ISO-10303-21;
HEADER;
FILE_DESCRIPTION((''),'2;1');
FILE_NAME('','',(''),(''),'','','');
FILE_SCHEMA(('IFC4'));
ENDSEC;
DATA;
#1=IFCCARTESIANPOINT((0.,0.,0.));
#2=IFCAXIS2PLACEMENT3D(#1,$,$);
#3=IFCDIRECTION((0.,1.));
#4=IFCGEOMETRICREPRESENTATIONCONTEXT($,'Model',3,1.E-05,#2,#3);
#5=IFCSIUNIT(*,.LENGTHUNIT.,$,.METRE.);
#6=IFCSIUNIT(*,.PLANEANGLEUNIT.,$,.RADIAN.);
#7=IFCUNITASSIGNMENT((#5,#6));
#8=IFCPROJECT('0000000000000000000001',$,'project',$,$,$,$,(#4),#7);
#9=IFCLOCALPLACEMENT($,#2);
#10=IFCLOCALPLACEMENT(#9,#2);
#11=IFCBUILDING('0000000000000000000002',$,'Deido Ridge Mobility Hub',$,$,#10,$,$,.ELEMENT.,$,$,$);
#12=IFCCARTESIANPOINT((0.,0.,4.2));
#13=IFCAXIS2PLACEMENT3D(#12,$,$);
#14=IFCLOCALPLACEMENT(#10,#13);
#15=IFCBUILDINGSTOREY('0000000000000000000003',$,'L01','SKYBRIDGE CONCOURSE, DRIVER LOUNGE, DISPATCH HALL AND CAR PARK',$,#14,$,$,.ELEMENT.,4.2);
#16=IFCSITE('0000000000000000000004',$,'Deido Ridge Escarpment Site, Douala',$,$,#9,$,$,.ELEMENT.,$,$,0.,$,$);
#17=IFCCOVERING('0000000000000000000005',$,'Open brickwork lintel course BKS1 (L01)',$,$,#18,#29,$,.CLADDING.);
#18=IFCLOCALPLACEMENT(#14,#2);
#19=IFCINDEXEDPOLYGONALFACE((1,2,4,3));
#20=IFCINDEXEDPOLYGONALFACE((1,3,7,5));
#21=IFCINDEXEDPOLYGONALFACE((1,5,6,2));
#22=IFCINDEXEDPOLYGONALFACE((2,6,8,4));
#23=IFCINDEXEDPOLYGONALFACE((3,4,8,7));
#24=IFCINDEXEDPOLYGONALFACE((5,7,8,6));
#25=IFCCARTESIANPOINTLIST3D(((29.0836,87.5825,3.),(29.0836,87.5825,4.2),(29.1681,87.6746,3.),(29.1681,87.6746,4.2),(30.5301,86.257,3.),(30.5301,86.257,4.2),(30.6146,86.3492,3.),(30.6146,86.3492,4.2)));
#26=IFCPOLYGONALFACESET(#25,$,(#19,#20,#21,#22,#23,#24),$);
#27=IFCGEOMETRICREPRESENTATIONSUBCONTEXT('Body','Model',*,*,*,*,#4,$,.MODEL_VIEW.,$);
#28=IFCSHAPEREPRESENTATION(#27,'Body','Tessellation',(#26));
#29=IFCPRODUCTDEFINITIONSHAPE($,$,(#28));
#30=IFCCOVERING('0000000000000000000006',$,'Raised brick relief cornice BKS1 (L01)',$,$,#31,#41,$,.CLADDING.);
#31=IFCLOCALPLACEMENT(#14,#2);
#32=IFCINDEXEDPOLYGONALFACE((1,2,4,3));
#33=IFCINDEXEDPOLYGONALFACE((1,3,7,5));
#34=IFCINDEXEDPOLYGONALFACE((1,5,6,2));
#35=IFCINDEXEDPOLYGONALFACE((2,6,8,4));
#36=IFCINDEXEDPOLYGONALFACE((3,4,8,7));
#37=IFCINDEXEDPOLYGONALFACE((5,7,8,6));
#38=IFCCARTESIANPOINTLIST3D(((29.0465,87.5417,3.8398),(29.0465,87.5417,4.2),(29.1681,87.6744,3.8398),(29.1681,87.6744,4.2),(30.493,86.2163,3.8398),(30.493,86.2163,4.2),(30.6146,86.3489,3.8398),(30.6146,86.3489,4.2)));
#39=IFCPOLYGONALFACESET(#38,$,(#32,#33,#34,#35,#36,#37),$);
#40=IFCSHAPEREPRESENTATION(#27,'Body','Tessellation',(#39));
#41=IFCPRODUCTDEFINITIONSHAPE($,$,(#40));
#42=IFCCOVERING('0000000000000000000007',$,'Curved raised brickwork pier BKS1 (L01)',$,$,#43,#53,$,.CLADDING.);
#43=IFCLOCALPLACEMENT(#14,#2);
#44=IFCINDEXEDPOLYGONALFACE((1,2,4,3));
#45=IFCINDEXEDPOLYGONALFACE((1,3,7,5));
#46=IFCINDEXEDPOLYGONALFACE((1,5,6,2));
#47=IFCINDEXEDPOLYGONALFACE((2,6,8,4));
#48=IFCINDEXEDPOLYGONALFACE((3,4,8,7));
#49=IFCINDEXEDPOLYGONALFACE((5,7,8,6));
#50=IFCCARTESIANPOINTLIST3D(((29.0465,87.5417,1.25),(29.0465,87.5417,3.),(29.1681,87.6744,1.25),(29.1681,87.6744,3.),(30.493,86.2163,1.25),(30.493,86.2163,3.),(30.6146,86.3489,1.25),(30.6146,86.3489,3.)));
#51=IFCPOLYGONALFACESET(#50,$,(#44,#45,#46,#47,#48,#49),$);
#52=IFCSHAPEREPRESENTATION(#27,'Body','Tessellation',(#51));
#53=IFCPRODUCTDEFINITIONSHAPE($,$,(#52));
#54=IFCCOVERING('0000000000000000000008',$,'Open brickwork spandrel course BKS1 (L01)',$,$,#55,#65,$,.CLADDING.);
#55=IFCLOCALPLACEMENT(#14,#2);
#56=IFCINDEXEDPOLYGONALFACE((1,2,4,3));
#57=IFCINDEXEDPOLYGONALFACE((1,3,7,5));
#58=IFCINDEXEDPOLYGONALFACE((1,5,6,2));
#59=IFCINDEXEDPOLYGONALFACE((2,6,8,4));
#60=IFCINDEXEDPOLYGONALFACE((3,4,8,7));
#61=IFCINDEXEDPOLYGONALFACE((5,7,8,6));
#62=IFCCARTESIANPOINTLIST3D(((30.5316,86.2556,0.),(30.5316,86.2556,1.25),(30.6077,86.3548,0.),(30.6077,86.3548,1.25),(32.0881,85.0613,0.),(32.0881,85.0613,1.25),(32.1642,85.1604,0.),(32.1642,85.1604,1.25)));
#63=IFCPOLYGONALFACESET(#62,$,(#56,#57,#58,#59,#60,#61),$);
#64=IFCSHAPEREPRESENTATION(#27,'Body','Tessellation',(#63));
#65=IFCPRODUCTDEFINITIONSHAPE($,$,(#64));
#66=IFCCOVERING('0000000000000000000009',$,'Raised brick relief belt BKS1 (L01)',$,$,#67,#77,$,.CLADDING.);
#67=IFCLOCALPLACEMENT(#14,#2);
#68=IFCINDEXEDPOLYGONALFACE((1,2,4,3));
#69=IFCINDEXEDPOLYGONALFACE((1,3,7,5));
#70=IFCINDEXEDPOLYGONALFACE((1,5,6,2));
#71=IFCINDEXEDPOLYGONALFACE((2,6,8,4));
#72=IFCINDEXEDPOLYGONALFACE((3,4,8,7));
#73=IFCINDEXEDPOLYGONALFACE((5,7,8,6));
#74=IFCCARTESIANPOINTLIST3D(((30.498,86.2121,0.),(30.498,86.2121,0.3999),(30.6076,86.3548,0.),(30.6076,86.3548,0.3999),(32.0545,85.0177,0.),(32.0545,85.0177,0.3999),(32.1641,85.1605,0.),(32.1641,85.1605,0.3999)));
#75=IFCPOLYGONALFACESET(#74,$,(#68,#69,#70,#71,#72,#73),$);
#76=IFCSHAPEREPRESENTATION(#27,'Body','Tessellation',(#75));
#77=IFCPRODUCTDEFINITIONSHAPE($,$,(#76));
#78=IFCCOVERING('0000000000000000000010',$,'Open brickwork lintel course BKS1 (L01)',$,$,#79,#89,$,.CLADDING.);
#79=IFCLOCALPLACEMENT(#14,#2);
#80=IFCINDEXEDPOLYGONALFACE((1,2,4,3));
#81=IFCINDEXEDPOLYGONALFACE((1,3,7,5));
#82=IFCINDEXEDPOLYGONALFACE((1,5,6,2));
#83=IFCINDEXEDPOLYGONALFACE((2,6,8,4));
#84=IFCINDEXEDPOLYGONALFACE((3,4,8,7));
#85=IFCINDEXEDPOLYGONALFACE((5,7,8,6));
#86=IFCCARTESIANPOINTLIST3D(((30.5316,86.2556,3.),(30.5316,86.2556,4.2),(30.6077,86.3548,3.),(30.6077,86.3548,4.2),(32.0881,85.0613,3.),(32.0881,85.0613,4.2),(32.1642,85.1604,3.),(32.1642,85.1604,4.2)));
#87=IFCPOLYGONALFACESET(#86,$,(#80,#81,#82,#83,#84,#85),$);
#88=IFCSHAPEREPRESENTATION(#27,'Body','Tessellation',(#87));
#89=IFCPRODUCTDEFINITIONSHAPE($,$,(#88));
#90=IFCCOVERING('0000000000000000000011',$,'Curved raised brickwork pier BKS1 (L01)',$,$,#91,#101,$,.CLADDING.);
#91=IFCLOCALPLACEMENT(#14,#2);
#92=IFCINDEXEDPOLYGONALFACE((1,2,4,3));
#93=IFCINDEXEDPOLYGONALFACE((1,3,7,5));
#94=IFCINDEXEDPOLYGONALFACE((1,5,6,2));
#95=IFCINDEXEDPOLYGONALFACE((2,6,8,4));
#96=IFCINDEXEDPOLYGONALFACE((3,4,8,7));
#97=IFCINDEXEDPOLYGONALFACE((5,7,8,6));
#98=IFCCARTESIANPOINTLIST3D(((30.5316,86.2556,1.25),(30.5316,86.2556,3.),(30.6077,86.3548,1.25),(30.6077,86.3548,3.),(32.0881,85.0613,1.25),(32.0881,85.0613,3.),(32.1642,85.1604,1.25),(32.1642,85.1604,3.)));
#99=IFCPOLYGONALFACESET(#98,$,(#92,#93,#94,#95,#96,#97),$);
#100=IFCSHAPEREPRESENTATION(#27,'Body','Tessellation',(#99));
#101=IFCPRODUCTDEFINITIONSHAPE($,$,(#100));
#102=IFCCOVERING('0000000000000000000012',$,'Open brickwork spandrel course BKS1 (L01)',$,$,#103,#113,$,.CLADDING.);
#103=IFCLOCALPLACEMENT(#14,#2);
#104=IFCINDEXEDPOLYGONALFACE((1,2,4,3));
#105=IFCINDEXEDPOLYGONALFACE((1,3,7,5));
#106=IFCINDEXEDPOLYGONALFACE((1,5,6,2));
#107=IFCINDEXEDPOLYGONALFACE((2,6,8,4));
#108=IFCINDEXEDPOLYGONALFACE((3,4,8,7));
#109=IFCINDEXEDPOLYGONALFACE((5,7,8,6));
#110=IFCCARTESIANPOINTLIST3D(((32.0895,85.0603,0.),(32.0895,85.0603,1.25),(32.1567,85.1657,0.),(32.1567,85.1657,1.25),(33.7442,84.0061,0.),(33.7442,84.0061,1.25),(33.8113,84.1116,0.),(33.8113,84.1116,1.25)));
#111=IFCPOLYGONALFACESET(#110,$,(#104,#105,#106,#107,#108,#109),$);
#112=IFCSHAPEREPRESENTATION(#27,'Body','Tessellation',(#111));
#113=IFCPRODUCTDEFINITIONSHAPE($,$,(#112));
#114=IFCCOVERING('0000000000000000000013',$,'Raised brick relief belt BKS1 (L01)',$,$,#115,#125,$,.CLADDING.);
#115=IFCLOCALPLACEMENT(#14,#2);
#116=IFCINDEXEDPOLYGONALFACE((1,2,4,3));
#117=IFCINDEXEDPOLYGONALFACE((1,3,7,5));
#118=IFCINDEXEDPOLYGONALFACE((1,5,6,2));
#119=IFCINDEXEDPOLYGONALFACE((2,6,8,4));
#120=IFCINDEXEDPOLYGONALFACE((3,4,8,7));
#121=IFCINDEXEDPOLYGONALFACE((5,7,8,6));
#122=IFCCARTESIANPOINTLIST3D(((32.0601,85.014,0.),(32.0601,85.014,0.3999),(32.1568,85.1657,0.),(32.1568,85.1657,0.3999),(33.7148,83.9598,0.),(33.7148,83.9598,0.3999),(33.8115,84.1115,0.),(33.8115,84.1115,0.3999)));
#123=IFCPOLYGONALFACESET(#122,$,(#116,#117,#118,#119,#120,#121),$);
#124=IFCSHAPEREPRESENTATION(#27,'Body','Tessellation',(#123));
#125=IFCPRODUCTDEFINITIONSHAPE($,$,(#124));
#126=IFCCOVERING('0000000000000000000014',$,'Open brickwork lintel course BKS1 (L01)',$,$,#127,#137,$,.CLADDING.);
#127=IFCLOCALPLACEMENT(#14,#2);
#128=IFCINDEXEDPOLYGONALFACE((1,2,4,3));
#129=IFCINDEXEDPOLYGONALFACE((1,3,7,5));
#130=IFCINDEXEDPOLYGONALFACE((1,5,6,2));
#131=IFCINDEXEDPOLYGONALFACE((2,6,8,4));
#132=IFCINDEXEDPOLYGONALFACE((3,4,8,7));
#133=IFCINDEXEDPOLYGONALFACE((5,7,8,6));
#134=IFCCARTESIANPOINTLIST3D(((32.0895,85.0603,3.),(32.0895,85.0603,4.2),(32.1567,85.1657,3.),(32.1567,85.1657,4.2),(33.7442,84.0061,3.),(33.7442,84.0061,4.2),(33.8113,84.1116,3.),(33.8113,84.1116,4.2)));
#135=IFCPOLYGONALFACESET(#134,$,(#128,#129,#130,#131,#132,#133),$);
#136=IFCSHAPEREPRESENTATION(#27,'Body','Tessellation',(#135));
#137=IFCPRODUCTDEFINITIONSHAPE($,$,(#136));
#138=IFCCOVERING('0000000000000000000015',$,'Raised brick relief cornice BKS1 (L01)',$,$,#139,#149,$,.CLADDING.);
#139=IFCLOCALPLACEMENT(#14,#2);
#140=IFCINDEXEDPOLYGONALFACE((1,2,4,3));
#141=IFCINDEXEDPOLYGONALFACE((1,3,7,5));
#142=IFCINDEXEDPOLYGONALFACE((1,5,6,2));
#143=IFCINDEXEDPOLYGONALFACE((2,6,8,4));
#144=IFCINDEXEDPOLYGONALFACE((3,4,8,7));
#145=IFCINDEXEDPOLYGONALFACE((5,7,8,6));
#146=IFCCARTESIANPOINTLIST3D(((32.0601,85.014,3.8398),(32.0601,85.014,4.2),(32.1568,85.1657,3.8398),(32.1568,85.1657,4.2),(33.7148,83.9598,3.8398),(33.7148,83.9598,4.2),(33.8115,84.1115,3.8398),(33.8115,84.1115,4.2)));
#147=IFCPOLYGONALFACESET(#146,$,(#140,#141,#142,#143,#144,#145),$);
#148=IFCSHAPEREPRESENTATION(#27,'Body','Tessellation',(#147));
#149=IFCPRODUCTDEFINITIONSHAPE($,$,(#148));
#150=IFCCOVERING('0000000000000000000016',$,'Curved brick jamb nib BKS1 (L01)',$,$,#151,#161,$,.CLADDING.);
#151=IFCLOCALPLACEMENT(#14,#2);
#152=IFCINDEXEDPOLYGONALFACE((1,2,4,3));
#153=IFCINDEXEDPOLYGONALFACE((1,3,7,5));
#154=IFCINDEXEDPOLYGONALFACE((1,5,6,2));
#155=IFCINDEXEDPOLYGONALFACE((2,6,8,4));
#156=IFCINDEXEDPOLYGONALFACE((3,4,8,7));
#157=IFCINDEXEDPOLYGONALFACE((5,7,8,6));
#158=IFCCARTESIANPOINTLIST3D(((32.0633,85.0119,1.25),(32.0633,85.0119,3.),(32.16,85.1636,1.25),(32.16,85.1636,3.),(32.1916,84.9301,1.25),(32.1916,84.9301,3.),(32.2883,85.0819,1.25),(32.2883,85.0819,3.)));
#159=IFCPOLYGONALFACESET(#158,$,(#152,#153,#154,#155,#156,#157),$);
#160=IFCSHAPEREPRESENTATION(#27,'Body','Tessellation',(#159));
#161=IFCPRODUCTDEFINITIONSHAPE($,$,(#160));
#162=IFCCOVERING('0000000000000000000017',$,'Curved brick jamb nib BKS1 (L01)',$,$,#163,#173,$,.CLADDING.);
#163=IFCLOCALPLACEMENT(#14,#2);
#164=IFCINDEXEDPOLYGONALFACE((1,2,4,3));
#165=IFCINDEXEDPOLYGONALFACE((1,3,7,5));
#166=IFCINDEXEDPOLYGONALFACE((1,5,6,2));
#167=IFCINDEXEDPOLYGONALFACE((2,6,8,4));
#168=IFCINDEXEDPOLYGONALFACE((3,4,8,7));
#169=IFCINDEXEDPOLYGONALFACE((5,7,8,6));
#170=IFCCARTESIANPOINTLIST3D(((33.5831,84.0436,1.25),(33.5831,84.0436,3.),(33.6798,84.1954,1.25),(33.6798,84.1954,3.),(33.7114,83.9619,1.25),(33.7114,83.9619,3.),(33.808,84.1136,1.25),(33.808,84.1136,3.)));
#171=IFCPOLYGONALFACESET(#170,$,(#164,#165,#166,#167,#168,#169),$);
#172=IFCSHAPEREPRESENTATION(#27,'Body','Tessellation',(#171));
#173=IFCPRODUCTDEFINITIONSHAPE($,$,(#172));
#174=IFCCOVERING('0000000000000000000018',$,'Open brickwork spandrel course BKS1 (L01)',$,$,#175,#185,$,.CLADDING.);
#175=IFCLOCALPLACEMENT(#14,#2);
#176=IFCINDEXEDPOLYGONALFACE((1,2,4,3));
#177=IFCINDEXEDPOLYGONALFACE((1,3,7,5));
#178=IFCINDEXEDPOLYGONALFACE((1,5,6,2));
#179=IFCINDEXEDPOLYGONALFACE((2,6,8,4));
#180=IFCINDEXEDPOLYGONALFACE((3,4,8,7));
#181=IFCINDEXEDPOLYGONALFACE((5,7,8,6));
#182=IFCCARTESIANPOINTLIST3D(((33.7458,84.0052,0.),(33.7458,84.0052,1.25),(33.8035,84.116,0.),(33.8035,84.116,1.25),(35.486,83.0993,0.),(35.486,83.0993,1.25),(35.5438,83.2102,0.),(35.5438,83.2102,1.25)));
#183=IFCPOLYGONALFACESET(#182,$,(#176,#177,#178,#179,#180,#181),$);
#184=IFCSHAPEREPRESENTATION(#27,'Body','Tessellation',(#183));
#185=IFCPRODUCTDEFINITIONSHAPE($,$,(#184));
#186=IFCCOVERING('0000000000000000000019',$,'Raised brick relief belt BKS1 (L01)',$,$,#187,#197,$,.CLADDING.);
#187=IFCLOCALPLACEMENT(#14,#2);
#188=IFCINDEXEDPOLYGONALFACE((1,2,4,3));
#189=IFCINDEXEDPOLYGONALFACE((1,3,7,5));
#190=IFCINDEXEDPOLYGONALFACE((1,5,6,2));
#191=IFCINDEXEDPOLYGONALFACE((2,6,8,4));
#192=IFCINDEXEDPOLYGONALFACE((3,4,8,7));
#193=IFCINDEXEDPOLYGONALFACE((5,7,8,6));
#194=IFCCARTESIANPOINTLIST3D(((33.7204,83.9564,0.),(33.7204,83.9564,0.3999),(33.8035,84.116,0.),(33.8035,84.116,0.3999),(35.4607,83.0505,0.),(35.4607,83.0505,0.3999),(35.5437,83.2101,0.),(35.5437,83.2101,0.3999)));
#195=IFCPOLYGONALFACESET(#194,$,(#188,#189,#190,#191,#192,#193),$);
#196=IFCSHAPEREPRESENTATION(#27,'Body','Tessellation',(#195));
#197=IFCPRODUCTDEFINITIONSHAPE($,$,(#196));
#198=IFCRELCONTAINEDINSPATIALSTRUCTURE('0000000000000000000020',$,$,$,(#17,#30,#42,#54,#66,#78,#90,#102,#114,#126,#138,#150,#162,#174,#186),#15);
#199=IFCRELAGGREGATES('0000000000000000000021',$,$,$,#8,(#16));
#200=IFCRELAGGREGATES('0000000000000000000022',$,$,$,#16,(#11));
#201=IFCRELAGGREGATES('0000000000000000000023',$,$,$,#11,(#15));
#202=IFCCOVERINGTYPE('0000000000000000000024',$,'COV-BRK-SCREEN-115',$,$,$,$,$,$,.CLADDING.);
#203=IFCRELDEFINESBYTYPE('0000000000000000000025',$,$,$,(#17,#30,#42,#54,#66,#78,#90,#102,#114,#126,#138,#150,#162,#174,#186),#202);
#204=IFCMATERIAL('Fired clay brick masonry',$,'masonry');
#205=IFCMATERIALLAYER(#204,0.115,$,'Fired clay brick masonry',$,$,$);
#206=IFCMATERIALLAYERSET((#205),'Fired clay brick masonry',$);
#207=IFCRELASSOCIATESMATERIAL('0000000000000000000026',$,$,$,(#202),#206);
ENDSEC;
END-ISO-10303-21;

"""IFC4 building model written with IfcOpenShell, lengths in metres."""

from ifc_helpers import new_model, si_unit, direction, frame, origin, origin_2d, place, context, subcontext, project, spatial, rectangle, extrude, material, layer, layer_set, type_object, element, save


model = new_model("IFC4")

# Units and contexts
model_context = context("Model", 3, precision=1e-05, world=origin(), true_north=direction((0.0, 1.0)))
body_context = subcontext(model_context, "Body", "Model", "MODEL_VIEW")
ifc_project = project(units=[si_unit("LENGTHUNIT", "METRE"), si_unit("PLANEANGLEUNIT", "RADIAN")], contexts=[model_context])

# Site, building, storey
site_placement = place(None, origin())
site = spatial("IfcSite", under=ifc_project, at=site_placement, Name="Deido Ridge Escarpment Site, Douala", CompositionType="ELEMENT", RefElevation=0.0)
building_placement = place(site_placement, origin())
building = spatial("IfcBuilding", under=site, at=building_placement, Name="Deido Ridge Mobility Hub", CompositionType="ELEMENT")
storey_placement = place(building_placement, frame((0.0, 0.0, 4.2)))
storey = spatial("IfcBuildingStorey", under=building, at=storey_placement, Name="L01", Description="SKYBRIDGE CONCOURSE, DRIVER LOUNGE, DISPATCH HALL AND CAR PARK", CompositionType="ELEMENT", Elevation=4.2)

# Coverings
ifc_material_1 = material(Name="Fired clay brick masonry", Category="masonry")
ifc_layer = layer(ifc_material_1, 0.115, Name="Fired clay brick masonry")
ifc_layer_set = layer_set([ifc_layer], Name="Fired clay brick masonry")
covering_type = type_object("IfcCoveringType", Name="COV-BRK-SCREEN-115", PredefinedType="CLADDING", material=ifc_layer_set)
covering_1_placement = place(storey_placement, frame((29.8491, 86.9658, 3.0), z_axis=(0.0, 0.0, 1.0), x_axis=(0.737289, -0.675577, 0.0)))
element("IfcCovering", 1, at=covering_1_placement, inside=storey, type_object=covering_type, Name="Open brickwork lintel course BKS1 (L01)", PredefinedType="CLADDING", context=body_context, shape_type="SweptSolid", body=[
    extrude(rectangle(XDim=1.9619, YDim=0.125, at=origin_2d()), origin(), (0.0, 0.0, 1.0), 1.2),
])
covering_2_placement = place(storey_placement, frame((29.8306, 86.9453, 3.8398), z_axis=(0.0, 0.0, 1.0), x_axis=(0.737289, -0.675577, 0.0)))
element("IfcCovering", 2, at=covering_2_placement, inside=storey, type_object=covering_type, Name="Raised brick relief cornice BKS1 (L01)", PredefinedType="CLADDING", context=body_context, shape_type="SweptSolid", body=[
    extrude(rectangle(XDim=1.9619, YDim=0.1799, at=origin_2d()), origin(), (0.0, 0.0, 1.0), 0.3601),
])
covering_3_placement = place(storey_placement, frame((29.8306, 86.9453, 1.25), z_axis=(0.0, 0.0, 1.0), x_axis=(0.737289, -0.675577, 0.0)))
element("IfcCovering", 3, at=covering_3_placement, inside=storey, type_object=covering_type, Name="Curved raised brickwork pier BKS1 (L01)", PredefinedType="CLADDING", context=body_context, shape_type="SweptSolid", body=[
    extrude(rectangle(XDim=1.9619, YDim=0.1799, at=origin_2d()), origin(), (0.0, 0.0, 1.0), 1.75),
])
covering_4_placement = place(storey_placement, frame((31.3479, 85.708, 0.0), z_axis=(0.0, 0.0, 1.0), x_axis=(0.793353, -0.608761, 0.0)))
element("IfcCovering", 4, at=covering_4_placement, inside=storey, type_object=covering_type, Name="Open brickwork spandrel course BKS1 (L01)", PredefinedType="CLADDING", context=body_context, shape_type="SweptSolid", body=[
    extrude(rectangle(XDim=1.9619, YDim=0.125, at=origin_2d()), origin(), (0.0, 0.0, 1.0), 1.25),
])
covering_5_placement = place(storey_placement, frame((31.3311, 85.6863, 0.0), z_axis=(0.0, 0.0, 1.0), x_axis=(0.793353, -0.608761, 0.0)))
element("IfcCovering", 5, at=covering_5_placement, inside=storey, type_object=covering_type, Name="Raised brick relief belt BKS1 (L01)", PredefinedType="CLADDING", context=body_context, shape_type="SweptSolid", body=[
    extrude(rectangle(XDim=1.9619, YDim=0.1799, at=origin_2d()), origin(), (0.0, 0.0, 1.0), 0.3999),
])
covering_6_placement = place(storey_placement, frame((31.3479, 85.708, 3.0), z_axis=(0.0, 0.0, 1.0), x_axis=(0.793353, -0.608761, 0.0)))
element("IfcCovering", 6, at=covering_6_placement, inside=storey, type_object=covering_type, Name="Open brickwork lintel course BKS1 (L01)", PredefinedType="CLADDING", context=body_context, shape_type="SweptSolid", body=[
    extrude(rectangle(XDim=1.9619, YDim=0.125, at=origin_2d()), origin(), (0.0, 0.0, 1.0), 1.2),
])
covering_7_placement = place(storey_placement, frame((31.3479, 85.708, 1.25), z_axis=(0.0, 0.0, 1.0), x_axis=(0.793353, -0.608761, 0.0)))
element("IfcCovering", 7, at=covering_7_placement, inside=storey, type_object=covering_type, Name="Curved raised brickwork pier BKS1 (L01)", PredefinedType="CLADDING", context=body_context, shape_type="SweptSolid", body=[
    extrude(rectangle(XDim=1.9619, YDim=0.125, at=origin_2d()), origin(), (0.0, 0.0, 1.0), 1.75),
])
covering_8_placement = place(storey_placement, frame((32.9504, 84.5859, 0.0), z_axis=(0.0, 0.0, 1.0), x_axis=(0.843382, -0.537314, 0.0)))
element("IfcCovering", 8, at=covering_8_placement, inside=storey, type_object=covering_type, Name="Open brickwork spandrel course BKS1 (L01)", PredefinedType="CLADDING", context=body_context, shape_type="SweptSolid", body=[
    extrude(rectangle(XDim=1.9619, YDim=0.125, at=origin_2d()), origin(), (0.0, 0.0, 1.0), 1.25),
])
covering_9_placement = place(storey_placement, frame((32.9358, 84.5627, 0.0), z_axis=(0.0, 0.0, 1.0), x_axis=(0.843382, -0.537314, 0.0)))
element("IfcCovering", 9, at=covering_9_placement, inside=storey, type_object=covering_type, Name="Raised brick relief belt BKS1 (L01)", PredefinedType="CLADDING", context=body_context, shape_type="SweptSolid", body=[
    extrude(rectangle(XDim=1.9619, YDim=0.1799, at=origin_2d()), origin(), (0.0, 0.0, 1.0), 0.3999),
])
covering_10_placement = place(storey_placement, frame((32.9504, 84.5859, 3.0), z_axis=(0.0, 0.0, 1.0), x_axis=(0.843382, -0.537314, 0.0)))
element("IfcCovering", 10, at=covering_10_placement, inside=storey, type_object=covering_type, Name="Open brickwork lintel course BKS1 (L01)", PredefinedType="CLADDING", context=body_context, shape_type="SweptSolid", body=[
    extrude(rectangle(XDim=1.9619, YDim=0.125, at=origin_2d()), origin(), (0.0, 0.0, 1.0), 1.2),
])
covering_11_placement = place(storey_placement, frame((32.9358, 84.5627, 3.8398), z_axis=(0.0, 0.0, 1.0), x_axis=(0.843382, -0.537314, 0.0)))
element("IfcCovering", 11, at=covering_11_placement, inside=storey, type_object=covering_type, Name="Raised brick relief cornice BKS1 (L01)", PredefinedType="CLADDING", context=body_context, shape_type="SweptSolid", body=[
    extrude(rectangle(XDim=1.9619, YDim=0.1799, at=origin_2d()), origin(), (0.0, 0.0, 1.0), 0.3601),
])
for number, where, z_axis, x_axis, name in (
    (12, (32.1758, 85.0469, 1.25), (0.0, 0.0, 1.0), (0.843382, -0.537314, 0.0), "Curved brick jamb nib BKS1 (L01)"),
    (13, (33.6956, 84.0786, 1.25), (0.0, 0.0, 1.0), (0.843382, -0.537314, 0.0), "Curved brick jamb nib BKS1 (L01)"),
):
    element("IfcCovering", number, at=place(storey_placement, frame(where, z_axis=z_axis, x_axis=x_axis)), inside=storey, type_object=covering_type, Name=name, PredefinedType="CLADDING", context=body_context, shape_type="SweptSolid", body=[
        extrude(rectangle(XDim=0.1521, YDim=0.1799, at=origin_2d()), origin(), (0.0, 0.0, 1.0), 1.75),
    ])
covering_12_placement = place(storey_placement, frame((34.6448, 83.6077, 0.0), z_axis=(0.0, 0.0, 1.0), x_axis=(0.887019, -0.461733, 0.0)))
element("IfcCovering", 14, at=covering_12_placement, inside=storey, type_object=covering_type, Name="Open brickwork spandrel course BKS1 (L01)", PredefinedType="CLADDING", context=body_context, shape_type="SweptSolid", body=[
    extrude(rectangle(XDim=1.9619, YDim=0.125, at=origin_2d()), origin(), (0.0, 0.0, 1.0), 1.25),
])
covering_13_placement = place(storey_placement, frame((34.6321, 83.5833, 0.0), z_axis=(0.0, 0.0, 1.0), x_axis=(0.887019, -0.461733, 0.0)))
element("IfcCovering", 15, at=covering_13_placement, inside=storey, type_object=covering_type, Name="Raised brick relief belt BKS1 (L01)", PredefinedType="CLADDING", context=body_context, shape_type="SweptSolid", body=[
    extrude(rectangle(XDim=1.9619, YDim=0.1799, at=origin_2d()), origin(), (0.0, 0.0, 1.0), 0.3999),
])

save(model, "model.ifc")
